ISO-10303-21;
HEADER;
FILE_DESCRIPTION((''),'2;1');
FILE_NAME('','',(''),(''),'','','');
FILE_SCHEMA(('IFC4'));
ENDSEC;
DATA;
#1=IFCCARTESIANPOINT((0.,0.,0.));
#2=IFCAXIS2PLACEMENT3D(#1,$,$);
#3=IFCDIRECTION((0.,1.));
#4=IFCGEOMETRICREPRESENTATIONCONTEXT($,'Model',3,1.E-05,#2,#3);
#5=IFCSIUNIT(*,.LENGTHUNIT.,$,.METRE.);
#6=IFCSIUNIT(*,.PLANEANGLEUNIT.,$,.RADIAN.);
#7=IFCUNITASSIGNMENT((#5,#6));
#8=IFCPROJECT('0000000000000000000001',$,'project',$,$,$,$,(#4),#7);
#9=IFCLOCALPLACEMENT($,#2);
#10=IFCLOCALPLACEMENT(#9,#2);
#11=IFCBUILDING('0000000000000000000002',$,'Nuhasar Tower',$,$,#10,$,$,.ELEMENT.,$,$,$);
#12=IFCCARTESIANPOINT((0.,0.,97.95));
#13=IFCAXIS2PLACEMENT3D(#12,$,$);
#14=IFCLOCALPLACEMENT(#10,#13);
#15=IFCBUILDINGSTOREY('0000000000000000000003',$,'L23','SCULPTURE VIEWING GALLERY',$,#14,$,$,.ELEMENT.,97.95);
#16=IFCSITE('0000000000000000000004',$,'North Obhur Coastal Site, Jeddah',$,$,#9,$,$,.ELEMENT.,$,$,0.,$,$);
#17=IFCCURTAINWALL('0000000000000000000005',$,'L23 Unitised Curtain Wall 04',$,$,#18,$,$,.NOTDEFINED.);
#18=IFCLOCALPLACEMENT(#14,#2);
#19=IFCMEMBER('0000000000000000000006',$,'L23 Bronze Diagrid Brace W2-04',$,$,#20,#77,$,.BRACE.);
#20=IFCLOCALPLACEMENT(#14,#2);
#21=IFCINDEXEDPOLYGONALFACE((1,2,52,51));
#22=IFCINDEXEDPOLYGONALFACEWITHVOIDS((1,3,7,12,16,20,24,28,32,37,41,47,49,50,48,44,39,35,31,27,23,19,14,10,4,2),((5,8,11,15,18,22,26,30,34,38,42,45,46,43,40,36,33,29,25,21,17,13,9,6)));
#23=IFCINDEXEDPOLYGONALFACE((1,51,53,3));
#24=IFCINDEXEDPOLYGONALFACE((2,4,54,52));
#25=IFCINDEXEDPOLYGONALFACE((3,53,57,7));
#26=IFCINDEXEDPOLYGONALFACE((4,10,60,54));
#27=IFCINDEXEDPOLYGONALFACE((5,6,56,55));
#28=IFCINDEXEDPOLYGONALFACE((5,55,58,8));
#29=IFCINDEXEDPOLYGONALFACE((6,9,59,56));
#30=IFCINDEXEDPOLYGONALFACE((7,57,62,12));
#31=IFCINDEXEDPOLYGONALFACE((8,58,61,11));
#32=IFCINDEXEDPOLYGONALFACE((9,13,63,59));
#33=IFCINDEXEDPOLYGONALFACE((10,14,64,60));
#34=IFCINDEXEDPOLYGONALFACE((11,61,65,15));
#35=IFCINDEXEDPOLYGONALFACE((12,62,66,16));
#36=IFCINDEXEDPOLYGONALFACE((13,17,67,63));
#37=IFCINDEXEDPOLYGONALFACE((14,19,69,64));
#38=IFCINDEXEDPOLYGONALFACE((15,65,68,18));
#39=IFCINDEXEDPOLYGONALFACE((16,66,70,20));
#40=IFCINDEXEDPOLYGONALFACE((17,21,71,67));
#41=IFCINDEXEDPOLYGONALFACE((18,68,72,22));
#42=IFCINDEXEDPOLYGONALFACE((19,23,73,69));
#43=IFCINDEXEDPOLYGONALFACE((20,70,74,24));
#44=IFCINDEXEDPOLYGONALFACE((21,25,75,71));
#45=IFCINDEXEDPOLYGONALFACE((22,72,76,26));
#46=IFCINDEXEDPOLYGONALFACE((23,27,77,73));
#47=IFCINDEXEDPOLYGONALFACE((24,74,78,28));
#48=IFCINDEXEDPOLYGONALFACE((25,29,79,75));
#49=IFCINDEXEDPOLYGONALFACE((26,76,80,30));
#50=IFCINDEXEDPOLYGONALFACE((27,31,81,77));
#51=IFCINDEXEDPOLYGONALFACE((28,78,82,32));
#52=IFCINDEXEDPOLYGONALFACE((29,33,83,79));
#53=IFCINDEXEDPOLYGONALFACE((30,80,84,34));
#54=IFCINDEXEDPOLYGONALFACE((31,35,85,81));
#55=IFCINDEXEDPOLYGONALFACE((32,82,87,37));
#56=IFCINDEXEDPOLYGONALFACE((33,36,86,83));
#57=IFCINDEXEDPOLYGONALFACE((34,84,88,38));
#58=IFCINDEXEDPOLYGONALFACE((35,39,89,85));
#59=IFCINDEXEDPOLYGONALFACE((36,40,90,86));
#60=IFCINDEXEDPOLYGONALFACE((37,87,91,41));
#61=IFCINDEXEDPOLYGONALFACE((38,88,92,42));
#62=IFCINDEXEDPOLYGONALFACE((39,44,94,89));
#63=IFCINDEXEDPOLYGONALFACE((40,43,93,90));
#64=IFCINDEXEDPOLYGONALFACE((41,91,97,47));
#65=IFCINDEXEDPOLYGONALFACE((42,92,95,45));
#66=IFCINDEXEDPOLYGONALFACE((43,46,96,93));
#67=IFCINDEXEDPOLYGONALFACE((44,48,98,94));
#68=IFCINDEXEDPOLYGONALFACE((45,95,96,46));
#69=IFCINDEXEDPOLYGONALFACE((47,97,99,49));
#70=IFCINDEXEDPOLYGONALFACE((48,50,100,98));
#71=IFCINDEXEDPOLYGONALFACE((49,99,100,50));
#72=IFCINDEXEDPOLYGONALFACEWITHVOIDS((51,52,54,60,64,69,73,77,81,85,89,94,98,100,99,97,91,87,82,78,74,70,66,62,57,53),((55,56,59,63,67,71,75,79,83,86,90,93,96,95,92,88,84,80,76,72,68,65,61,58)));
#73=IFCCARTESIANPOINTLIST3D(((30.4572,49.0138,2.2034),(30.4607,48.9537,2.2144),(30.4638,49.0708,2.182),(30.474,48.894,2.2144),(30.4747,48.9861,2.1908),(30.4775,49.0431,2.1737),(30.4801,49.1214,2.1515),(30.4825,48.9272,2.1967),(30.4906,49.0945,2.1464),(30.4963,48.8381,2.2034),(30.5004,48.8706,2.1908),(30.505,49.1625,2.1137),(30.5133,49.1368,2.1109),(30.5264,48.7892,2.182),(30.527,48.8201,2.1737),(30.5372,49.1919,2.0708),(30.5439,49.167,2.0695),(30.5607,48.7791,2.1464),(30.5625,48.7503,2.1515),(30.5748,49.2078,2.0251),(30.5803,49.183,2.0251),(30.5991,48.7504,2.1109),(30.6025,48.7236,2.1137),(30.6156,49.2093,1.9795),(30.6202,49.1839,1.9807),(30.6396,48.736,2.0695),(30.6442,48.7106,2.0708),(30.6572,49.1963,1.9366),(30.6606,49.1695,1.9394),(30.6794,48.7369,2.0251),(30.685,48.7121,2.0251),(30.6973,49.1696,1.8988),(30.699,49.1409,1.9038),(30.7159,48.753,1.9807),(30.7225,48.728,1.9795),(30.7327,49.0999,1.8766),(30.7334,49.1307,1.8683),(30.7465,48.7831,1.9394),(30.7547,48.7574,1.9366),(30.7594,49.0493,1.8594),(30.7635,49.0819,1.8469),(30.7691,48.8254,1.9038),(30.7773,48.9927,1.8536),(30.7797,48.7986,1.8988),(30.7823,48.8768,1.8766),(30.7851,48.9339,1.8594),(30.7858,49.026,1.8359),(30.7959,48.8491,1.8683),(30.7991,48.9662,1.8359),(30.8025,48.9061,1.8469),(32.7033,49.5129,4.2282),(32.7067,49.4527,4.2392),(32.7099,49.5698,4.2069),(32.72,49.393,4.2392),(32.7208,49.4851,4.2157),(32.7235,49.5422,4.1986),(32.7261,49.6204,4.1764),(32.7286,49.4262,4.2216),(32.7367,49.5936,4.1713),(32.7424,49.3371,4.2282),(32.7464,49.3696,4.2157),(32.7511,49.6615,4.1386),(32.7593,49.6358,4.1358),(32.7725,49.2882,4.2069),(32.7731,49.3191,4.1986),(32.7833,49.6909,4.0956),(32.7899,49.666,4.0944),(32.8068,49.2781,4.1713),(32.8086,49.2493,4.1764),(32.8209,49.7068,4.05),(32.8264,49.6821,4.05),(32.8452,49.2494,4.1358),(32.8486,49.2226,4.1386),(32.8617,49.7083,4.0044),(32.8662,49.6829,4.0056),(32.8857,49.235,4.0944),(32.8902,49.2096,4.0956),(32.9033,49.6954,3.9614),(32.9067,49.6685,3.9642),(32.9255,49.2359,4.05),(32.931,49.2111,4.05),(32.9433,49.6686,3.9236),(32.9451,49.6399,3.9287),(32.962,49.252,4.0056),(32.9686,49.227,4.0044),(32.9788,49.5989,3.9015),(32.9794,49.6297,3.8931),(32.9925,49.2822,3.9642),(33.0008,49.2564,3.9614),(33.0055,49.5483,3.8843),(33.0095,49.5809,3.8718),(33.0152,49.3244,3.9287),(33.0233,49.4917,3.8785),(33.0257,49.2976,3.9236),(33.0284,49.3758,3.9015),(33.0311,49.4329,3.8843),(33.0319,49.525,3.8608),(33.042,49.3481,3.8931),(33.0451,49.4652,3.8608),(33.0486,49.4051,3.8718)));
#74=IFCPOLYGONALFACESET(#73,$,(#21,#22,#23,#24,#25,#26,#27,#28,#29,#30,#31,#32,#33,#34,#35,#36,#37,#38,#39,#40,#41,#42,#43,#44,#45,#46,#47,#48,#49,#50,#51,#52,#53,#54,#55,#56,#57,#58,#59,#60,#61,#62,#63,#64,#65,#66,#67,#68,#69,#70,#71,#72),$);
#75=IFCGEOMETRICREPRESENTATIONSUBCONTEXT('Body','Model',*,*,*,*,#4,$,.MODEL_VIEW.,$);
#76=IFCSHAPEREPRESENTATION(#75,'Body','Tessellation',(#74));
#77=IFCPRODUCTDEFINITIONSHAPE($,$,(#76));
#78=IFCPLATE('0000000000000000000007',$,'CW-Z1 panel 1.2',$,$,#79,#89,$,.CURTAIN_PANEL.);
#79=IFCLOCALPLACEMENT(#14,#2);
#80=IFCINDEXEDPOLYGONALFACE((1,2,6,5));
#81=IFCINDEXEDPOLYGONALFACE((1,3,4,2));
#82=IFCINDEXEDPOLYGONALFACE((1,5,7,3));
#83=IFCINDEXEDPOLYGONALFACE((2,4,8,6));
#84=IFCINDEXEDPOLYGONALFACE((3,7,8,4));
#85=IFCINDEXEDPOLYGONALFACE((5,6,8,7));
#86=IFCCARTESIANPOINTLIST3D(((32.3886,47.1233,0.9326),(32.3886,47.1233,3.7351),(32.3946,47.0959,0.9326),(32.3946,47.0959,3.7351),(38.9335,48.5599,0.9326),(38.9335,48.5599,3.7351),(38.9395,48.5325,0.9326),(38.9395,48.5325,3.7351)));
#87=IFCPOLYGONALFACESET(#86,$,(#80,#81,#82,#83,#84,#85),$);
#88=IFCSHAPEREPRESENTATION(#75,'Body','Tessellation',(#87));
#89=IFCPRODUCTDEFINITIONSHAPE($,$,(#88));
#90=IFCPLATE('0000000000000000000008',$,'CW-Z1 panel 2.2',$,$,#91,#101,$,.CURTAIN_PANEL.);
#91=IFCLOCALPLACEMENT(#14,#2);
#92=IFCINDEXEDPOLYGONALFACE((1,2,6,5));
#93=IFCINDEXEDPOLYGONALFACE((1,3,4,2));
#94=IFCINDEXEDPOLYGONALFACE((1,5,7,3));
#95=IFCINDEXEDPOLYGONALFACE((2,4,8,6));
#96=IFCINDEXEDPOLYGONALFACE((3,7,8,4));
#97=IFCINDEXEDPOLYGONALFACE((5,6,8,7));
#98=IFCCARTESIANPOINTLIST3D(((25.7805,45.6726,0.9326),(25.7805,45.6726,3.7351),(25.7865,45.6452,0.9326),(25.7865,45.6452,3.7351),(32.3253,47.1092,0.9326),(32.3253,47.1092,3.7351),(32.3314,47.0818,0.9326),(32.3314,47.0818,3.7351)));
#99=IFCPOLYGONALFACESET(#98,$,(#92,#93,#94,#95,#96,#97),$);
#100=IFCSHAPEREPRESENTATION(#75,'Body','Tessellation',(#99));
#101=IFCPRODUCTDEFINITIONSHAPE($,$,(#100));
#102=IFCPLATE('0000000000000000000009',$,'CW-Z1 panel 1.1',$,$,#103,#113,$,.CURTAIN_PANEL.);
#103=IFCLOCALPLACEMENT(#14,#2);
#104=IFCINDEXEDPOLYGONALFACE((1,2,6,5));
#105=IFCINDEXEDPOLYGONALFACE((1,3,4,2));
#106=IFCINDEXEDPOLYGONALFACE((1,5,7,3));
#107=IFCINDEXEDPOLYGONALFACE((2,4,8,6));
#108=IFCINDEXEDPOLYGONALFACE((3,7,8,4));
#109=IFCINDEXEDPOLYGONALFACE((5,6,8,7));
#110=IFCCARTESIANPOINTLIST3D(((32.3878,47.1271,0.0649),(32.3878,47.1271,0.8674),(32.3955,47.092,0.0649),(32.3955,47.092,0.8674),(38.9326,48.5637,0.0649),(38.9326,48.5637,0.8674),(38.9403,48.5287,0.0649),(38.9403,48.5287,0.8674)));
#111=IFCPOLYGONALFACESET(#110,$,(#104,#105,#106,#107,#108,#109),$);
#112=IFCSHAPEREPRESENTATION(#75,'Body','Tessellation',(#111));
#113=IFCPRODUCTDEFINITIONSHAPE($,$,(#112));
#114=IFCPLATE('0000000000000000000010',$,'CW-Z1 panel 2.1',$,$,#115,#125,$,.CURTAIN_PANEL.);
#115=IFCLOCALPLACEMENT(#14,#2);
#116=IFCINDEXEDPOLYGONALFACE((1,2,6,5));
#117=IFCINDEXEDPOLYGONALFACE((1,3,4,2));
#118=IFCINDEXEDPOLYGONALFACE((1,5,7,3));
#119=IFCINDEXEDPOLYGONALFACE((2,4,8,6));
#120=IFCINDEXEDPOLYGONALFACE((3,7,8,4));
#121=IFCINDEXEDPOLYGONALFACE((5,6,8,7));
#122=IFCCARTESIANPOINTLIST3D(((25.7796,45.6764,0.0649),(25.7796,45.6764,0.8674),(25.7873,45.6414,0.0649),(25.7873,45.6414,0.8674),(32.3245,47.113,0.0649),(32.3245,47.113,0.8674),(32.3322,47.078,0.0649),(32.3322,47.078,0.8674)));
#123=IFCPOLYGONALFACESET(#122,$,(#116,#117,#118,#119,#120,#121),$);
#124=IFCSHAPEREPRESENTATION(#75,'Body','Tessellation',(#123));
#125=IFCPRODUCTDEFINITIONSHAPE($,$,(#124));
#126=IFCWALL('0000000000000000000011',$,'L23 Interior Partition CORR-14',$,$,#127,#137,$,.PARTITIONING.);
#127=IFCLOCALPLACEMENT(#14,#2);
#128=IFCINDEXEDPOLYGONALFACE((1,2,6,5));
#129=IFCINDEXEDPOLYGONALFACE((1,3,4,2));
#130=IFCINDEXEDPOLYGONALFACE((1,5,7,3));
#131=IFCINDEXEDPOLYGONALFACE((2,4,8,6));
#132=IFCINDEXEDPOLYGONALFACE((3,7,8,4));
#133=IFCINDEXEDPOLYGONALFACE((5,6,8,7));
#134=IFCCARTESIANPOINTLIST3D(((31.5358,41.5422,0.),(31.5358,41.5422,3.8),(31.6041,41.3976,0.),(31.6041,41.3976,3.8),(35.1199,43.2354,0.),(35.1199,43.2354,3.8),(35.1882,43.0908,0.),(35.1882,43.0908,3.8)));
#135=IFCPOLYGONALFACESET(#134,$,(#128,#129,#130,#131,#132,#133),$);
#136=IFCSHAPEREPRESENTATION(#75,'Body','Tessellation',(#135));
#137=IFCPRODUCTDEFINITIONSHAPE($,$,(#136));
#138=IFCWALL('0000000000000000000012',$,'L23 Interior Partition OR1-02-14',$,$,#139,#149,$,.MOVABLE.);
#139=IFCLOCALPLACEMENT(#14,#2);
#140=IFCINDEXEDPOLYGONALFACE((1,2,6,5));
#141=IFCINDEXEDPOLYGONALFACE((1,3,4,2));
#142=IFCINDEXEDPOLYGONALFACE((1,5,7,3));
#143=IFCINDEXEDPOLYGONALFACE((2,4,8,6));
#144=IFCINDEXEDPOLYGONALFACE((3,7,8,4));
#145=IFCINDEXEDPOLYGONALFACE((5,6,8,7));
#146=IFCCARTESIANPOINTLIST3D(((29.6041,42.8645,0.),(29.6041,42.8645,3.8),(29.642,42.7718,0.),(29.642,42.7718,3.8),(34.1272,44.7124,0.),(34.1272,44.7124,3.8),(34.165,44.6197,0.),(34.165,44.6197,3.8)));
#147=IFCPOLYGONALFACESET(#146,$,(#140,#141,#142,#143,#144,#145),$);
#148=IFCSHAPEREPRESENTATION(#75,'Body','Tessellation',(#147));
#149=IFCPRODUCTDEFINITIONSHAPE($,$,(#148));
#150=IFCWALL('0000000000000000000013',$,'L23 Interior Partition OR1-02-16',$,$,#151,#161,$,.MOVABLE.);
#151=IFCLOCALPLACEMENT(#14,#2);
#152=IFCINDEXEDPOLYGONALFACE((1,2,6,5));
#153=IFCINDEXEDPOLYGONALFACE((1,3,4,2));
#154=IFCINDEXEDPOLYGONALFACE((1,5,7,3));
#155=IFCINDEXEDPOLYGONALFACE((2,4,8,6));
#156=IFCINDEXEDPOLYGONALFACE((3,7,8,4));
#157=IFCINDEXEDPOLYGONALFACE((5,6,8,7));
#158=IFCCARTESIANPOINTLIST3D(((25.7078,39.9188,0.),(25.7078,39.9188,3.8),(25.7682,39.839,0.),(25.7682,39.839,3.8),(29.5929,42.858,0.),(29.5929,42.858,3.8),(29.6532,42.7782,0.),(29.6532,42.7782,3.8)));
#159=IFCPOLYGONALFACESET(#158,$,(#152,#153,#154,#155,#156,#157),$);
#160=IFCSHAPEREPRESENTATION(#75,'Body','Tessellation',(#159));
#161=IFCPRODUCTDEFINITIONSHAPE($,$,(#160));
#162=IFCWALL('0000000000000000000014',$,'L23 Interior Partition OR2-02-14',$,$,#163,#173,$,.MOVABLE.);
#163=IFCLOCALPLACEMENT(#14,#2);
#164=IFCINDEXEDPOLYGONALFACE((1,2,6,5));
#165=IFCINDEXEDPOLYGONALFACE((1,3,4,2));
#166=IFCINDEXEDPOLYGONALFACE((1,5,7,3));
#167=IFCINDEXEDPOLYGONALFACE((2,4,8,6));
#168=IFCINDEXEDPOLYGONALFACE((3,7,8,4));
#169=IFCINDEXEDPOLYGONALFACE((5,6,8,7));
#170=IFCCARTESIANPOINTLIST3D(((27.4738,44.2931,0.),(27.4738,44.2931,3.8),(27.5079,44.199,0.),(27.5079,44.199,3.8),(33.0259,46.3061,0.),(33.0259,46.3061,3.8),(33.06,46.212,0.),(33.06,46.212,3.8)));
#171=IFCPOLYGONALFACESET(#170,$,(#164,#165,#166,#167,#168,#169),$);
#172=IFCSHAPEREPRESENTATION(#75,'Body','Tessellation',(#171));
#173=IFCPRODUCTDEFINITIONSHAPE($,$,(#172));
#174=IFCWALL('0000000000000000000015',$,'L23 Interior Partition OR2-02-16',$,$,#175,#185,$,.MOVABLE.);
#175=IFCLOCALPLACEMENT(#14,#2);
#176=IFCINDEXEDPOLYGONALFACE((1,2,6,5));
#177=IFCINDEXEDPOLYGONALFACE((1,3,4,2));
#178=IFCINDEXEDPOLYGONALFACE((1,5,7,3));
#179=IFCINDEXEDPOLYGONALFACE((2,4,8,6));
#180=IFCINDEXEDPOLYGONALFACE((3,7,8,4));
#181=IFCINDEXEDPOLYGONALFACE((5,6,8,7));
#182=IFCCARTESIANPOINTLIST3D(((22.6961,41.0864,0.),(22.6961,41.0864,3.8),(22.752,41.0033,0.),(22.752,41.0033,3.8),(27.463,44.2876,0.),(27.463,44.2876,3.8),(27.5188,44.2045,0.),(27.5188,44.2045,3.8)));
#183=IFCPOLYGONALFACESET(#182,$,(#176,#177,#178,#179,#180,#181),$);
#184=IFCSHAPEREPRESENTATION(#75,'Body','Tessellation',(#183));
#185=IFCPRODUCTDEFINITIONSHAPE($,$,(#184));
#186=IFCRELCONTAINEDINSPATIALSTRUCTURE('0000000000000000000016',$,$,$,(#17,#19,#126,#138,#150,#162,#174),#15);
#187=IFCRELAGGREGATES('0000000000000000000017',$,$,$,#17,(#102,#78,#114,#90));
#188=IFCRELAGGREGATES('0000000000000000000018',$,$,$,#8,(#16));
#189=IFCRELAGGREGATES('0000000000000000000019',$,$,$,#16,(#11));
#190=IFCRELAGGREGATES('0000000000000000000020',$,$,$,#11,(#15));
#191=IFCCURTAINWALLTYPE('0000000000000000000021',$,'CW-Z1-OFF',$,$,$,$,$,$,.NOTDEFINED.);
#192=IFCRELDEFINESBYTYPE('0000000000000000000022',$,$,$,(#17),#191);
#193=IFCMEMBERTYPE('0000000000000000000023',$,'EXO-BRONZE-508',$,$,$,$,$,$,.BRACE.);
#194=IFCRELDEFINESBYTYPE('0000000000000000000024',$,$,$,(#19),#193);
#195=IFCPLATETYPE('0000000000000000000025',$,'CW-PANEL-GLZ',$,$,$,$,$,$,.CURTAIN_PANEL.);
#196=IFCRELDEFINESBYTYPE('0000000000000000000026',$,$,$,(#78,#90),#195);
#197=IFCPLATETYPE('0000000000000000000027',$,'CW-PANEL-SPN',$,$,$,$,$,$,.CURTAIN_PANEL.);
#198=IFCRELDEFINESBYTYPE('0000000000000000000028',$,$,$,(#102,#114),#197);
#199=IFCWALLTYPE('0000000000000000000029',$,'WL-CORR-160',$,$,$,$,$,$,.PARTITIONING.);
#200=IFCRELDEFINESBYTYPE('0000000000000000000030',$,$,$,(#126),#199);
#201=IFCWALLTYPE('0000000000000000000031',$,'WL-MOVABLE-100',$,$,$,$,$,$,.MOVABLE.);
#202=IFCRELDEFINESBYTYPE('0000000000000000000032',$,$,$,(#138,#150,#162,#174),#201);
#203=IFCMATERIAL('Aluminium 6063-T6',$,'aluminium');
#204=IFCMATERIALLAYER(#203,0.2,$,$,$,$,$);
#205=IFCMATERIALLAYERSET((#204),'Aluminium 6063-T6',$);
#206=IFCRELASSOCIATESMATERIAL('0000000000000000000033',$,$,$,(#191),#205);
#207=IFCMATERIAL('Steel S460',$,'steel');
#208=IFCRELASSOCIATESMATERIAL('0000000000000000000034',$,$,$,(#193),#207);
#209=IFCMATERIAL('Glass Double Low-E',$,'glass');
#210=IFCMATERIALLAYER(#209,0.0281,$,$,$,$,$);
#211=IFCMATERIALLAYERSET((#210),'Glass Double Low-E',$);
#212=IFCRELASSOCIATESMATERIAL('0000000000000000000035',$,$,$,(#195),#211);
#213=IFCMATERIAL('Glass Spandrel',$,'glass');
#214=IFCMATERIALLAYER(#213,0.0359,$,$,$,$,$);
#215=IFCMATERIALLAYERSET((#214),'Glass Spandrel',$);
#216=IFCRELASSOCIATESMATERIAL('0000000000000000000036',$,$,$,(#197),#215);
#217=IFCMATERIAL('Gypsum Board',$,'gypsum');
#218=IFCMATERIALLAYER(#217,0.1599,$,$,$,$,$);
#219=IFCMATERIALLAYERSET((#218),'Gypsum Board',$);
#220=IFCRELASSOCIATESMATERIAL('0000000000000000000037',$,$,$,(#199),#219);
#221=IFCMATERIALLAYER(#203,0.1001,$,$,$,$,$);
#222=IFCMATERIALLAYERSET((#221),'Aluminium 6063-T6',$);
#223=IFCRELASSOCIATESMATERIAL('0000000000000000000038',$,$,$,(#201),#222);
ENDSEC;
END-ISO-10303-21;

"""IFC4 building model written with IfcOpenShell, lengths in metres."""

from ifc_helpers import new_model, si_unit, direction, frame, frame_2d, origin, origin_2d, place, context, subcontext, project, spatial, rectangle, hollow_circle, extrude, material, layer, layer_set, material_profile, profile_set, type_object, element, aggregate, save


model = new_model("IFC4")

# Units and contexts
model_context = context("Model", 3, precision=1e-05, world=origin(), true_north=direction((0.0, 1.0)))
body_context = subcontext(model_context, "Body", "Model", "MODEL_VIEW")
ifc_project = project(units=[si_unit("LENGTHUNIT", "METRE"), si_unit("PLANEANGLEUNIT", "RADIAN")], contexts=[model_context])

# Site, building, storey
site_placement = place(None, origin())
site = spatial("IfcSite", under=ifc_project, at=site_placement, Name="North Obhur Coastal Site, Jeddah", CompositionType="ELEMENT", RefElevation=0.0)
building_placement = place(site_placement, origin())
building = spatial("IfcBuilding", under=site, at=building_placement, Name="Nuhasar Tower", CompositionType="ELEMENT")
storey_placement = place(building_placement, frame((0.0, 0.0, 97.95)))
storey = spatial("IfcBuildingStorey", under=building, at=storey_placement, Name="L23", Description="SCULPTURE VIEWING GALLERY", CompositionType="ELEMENT", Elevation=97.95)

# Curtain wall
ifc_material_1 = material(Name="Aluminium 6063-T6", Category="aluminium")
ifc_layer_1 = layer(ifc_material_1, 0.2)
ifc_layer_set_1 = layer_set([ifc_layer_1], Name="Aluminium 6063-T6")
curtain_wall_type = type_object("IfcCurtainWallType", Name="CW-Z1-OFF", PredefinedType="NOTDEFINED", material=ifc_layer_set_1)
curtain_wall_placement = place(storey_placement, origin())
curtain_wall = element("IfcCurtainWall", 1, at=curtain_wall_placement, inside=storey, type_object=curtain_wall_type, Name="L23 Unitised Curtain Wall 04", PredefinedType="NOTDEFINED")

# Member
ifc_material_2 = material(Name="Steel S460", Category="steel")
ifc_material_profile_1 = material_profile(ifc_material_2, hollow_circle(Radius=0.2539, WallThickness=0.0254, at=origin_2d()), Name="HSS508X25.4")
ifc_profile_set_1 = profile_set([ifc_material_profile_1], Name="Steel S460")
member_type_1 = type_object("IfcMemberType", Name="EXO-BRONZE-508", PredefinedType="BRACE", material=ifc_profile_set_1)
member_1_placement = place(storey_placement, frame((30.6299, 48.96, 2.0251), z_axis=(0.732821, 0.162814, 0.660654), x_axis=(-0.216886, 0.976197, 0.0)))
element("IfcMember", 2, at=member_1_placement, inside=storey, type_object=member_type_1, Name="L23 Bronze Diagrid Brace W2-04", PredefinedType="BRACE", context=body_context, shape_type="SweptSolid", body=[
    extrude(hollow_circle(Radius=0.2539, WallThickness=0.0254, at=origin_2d()), origin(), (0.0, 0.0, 1.0), 3.0649),
])

# Plates
ifc_material_3 = material(Name="Glass Double Low-E", Category="glass")
ifc_layer_2 = layer(ifc_material_3, 0.0281)
ifc_layer_set_2 = layer_set([ifc_layer_2], Name="Glass Double Low-E")
plate_type_1 = type_object("IfcPlateType", Name="CW-PANEL-GLZ", PredefinedType="CURTAIN_PANEL", material=ifc_layer_set_2)
plate_1_placement = place(storey_placement, frame((35.6641, 47.8279, 0.9326), z_axis=(0.0, 0.0, 1.0), x_axis=(-0.976746, -0.214399, 0.0)))
plate_1 = element("IfcPlate", 3, at=plate_1_placement, type_object=plate_type_1, Name="CW-Z1 panel 1.2", PredefinedType="CURTAIN_PANEL", context=body_context, shape_type="SweptSolid", body=[
    extrude(rectangle(XDim=6.7007, YDim=0.0281, at=origin_2d()), origin(), (0.0, 0.0, 1.0), 2.8025),
])
plate_2_placement = place(storey_placement, frame((29.0559, 46.3772, 0.9326), z_axis=(0.0, 0.0, 1.0), x_axis=(-0.976746, -0.214399, 0.0)))
plate_2 = element("IfcPlate", 4, at=plate_2_placement, type_object=plate_type_1, Name="CW-Z1 panel 2.2", PredefinedType="CURTAIN_PANEL", context=body_context, shape_type="SweptSolid", body=[
    extrude(rectangle(XDim=6.7007, YDim=0.0281, at=origin_2d()), origin(), (0.0, 0.0, 1.0), 2.8025),
])
ifc_material_4 = material(Name="Glass Spandrel", Category="glass")
ifc_layer_3 = layer(ifc_material_4, 0.0359)
ifc_layer_set_3 = layer_set([ifc_layer_3], Name="Glass Spandrel")
plate_type_2 = type_object("IfcPlateType", Name="CW-PANEL-SPN", PredefinedType="CURTAIN_PANEL", material=ifc_layer_set_3)
plate_3_placement = place(storey_placement, frame((35.6641, 47.8279, 0.0649), z_axis=(0.0, 0.0, 1.0), x_axis=(-0.976746, -0.214399, 0.0)))
plate_3 = element("IfcPlate", 5, at=plate_3_placement, type_object=plate_type_2, Name="CW-Z1 panel 1.1", PredefinedType="CURTAIN_PANEL", context=body_context, shape_type="SweptSolid", body=[
    extrude(rectangle(XDim=6.7007, YDim=0.0359, at=origin_2d()), origin(), (0.0, 0.0, 1.0), 0.8025),
])
plate_4_placement = place(storey_placement, frame((29.0559, 46.3772, 0.0649), z_axis=(0.0, 0.0, 1.0), x_axis=(-0.976746, -0.214399, 0.0)))
plate_4 = element("IfcPlate", 6, at=plate_4_placement, type_object=plate_type_2, Name="CW-Z1 panel 2.1", PredefinedType="CURTAIN_PANEL", context=body_context, shape_type="SweptSolid", body=[
    extrude(rectangle(XDim=6.7007, YDim=0.0359, at=origin_2d()), origin(), (0.0, 0.0, 1.0), 0.8025),
])
aggregate(curtain_wall, [plate_3, plate_1, plate_4, plate_2])

# Walls
ifc_material_5 = material(Name="Gypsum Board", Category="gypsum")
ifc_layer_4 = layer(ifc_material_5, 0.1599)
ifc_layer_set_4 = layer_set([ifc_layer_4], Name="Gypsum Board")
wall_type_1 = type_object("IfcWallType", Name="WL-CORR-160", PredefinedType="PARTITIONING", material=ifc_layer_set_4)
wall_1_placement = place(storey_placement, frame((35.1541, 43.1631, 0.0), z_axis=(0.0, 0.0, 1.0), x_axis=(-0.904183, -0.427146, 0.0)))
element("IfcWall", 7, at=wall_1_placement, inside=storey, type_object=wall_type_1, Name="L23 Interior Partition CORR-14", PredefinedType="PARTITIONING", context=body_context, shape_type="SweptSolid", body=[
    extrude(rectangle(XDim=3.9639, YDim=0.1599, at=frame_2d((1.9819, 0.0))), origin(), (0.0, 0.0, 1.0), 3.8),
])
ifc_layer_5 = layer(ifc_material_1, 0.1001)
ifc_layer_set_5 = layer_set([ifc_layer_5], Name="Aluminium 6063-T6")
wall_type_2 = type_object("IfcWallType", Name="WL-MOVABLE-100", PredefinedType="MOVABLE", material=ifc_layer_set_5)
wall_2_placement = place(storey_placement, frame((34.146, 44.666, 0.0), z_axis=(0.0, 0.0, 1.0), x_axis=(-0.925719, -0.378213, 0.0)))
element("IfcWall", 8, at=wall_2_placement, inside=storey, type_object=wall_type_2, Name="L23 Interior Partition OR1-02-14", PredefinedType="MOVABLE", context=body_context, shape_type="SweptSolid", body=[
    extrude(rectangle(XDim=4.886, YDim=0.1001, at=frame_2d((2.4429, 0.0))), origin(), (0.0, 0.0, 1.0), 3.8),
])
wall_3_placement = place(storey_placement, frame((29.623, 42.8181, 0.0), z_axis=(0.0, 0.0, 1.0), x_axis=(-0.797485, -0.603338, 0.0)))
element("IfcWall", 9, at=wall_3_placement, inside=storey, type_object=wall_type_2, Name="L23 Interior Partition OR1-02-16", PredefinedType="MOVABLE", context=body_context, shape_type="SweptSolid", body=[
    extrude(rectangle(XDim=4.8716, YDim=0.1001, at=frame_2d((2.4358, 0.0))), origin(), (0.0, 0.0, 1.0), 3.8),
])
wall_4_placement = place(storey_placement, frame((33.043, 46.259, 0.0), z_axis=(0.0, 0.0, 1.0), x_axis=(-0.940118, -0.34085, 0.0)))
element("IfcWall", 10, at=wall_4_placement, inside=storey, type_object=wall_type_2, Name="L23 Interior Partition OR2-02-14", PredefinedType="MOVABLE", context=body_context, shape_type="SweptSolid", body=[
    extrude(rectangle(XDim=5.9058, YDim=0.1001, at=frame_2d((2.9529, 0.0))), origin(), (0.0, 0.0, 1.0), 3.8),
])
wall_5_placement = place(storey_placement, frame((27.491, 44.2461, 0.0), z_axis=(0.0, 0.0, 1.0), x_axis=(-0.830175, -0.557503, 0.0)))
element("IfcWall", 11, at=wall_5_placement, inside=storey, type_object=wall_type_2, Name="L23 Interior Partition OR2-02-16", PredefinedType="MOVABLE", context=body_context, shape_type="SweptSolid", body=[
    extrude(rectangle(XDim=5.7419, YDim=0.1001, at=frame_2d((2.8711, 0.0))), origin(), (0.0, 0.0, 1.0), 3.8),
])

save(model, "model.ifc")
